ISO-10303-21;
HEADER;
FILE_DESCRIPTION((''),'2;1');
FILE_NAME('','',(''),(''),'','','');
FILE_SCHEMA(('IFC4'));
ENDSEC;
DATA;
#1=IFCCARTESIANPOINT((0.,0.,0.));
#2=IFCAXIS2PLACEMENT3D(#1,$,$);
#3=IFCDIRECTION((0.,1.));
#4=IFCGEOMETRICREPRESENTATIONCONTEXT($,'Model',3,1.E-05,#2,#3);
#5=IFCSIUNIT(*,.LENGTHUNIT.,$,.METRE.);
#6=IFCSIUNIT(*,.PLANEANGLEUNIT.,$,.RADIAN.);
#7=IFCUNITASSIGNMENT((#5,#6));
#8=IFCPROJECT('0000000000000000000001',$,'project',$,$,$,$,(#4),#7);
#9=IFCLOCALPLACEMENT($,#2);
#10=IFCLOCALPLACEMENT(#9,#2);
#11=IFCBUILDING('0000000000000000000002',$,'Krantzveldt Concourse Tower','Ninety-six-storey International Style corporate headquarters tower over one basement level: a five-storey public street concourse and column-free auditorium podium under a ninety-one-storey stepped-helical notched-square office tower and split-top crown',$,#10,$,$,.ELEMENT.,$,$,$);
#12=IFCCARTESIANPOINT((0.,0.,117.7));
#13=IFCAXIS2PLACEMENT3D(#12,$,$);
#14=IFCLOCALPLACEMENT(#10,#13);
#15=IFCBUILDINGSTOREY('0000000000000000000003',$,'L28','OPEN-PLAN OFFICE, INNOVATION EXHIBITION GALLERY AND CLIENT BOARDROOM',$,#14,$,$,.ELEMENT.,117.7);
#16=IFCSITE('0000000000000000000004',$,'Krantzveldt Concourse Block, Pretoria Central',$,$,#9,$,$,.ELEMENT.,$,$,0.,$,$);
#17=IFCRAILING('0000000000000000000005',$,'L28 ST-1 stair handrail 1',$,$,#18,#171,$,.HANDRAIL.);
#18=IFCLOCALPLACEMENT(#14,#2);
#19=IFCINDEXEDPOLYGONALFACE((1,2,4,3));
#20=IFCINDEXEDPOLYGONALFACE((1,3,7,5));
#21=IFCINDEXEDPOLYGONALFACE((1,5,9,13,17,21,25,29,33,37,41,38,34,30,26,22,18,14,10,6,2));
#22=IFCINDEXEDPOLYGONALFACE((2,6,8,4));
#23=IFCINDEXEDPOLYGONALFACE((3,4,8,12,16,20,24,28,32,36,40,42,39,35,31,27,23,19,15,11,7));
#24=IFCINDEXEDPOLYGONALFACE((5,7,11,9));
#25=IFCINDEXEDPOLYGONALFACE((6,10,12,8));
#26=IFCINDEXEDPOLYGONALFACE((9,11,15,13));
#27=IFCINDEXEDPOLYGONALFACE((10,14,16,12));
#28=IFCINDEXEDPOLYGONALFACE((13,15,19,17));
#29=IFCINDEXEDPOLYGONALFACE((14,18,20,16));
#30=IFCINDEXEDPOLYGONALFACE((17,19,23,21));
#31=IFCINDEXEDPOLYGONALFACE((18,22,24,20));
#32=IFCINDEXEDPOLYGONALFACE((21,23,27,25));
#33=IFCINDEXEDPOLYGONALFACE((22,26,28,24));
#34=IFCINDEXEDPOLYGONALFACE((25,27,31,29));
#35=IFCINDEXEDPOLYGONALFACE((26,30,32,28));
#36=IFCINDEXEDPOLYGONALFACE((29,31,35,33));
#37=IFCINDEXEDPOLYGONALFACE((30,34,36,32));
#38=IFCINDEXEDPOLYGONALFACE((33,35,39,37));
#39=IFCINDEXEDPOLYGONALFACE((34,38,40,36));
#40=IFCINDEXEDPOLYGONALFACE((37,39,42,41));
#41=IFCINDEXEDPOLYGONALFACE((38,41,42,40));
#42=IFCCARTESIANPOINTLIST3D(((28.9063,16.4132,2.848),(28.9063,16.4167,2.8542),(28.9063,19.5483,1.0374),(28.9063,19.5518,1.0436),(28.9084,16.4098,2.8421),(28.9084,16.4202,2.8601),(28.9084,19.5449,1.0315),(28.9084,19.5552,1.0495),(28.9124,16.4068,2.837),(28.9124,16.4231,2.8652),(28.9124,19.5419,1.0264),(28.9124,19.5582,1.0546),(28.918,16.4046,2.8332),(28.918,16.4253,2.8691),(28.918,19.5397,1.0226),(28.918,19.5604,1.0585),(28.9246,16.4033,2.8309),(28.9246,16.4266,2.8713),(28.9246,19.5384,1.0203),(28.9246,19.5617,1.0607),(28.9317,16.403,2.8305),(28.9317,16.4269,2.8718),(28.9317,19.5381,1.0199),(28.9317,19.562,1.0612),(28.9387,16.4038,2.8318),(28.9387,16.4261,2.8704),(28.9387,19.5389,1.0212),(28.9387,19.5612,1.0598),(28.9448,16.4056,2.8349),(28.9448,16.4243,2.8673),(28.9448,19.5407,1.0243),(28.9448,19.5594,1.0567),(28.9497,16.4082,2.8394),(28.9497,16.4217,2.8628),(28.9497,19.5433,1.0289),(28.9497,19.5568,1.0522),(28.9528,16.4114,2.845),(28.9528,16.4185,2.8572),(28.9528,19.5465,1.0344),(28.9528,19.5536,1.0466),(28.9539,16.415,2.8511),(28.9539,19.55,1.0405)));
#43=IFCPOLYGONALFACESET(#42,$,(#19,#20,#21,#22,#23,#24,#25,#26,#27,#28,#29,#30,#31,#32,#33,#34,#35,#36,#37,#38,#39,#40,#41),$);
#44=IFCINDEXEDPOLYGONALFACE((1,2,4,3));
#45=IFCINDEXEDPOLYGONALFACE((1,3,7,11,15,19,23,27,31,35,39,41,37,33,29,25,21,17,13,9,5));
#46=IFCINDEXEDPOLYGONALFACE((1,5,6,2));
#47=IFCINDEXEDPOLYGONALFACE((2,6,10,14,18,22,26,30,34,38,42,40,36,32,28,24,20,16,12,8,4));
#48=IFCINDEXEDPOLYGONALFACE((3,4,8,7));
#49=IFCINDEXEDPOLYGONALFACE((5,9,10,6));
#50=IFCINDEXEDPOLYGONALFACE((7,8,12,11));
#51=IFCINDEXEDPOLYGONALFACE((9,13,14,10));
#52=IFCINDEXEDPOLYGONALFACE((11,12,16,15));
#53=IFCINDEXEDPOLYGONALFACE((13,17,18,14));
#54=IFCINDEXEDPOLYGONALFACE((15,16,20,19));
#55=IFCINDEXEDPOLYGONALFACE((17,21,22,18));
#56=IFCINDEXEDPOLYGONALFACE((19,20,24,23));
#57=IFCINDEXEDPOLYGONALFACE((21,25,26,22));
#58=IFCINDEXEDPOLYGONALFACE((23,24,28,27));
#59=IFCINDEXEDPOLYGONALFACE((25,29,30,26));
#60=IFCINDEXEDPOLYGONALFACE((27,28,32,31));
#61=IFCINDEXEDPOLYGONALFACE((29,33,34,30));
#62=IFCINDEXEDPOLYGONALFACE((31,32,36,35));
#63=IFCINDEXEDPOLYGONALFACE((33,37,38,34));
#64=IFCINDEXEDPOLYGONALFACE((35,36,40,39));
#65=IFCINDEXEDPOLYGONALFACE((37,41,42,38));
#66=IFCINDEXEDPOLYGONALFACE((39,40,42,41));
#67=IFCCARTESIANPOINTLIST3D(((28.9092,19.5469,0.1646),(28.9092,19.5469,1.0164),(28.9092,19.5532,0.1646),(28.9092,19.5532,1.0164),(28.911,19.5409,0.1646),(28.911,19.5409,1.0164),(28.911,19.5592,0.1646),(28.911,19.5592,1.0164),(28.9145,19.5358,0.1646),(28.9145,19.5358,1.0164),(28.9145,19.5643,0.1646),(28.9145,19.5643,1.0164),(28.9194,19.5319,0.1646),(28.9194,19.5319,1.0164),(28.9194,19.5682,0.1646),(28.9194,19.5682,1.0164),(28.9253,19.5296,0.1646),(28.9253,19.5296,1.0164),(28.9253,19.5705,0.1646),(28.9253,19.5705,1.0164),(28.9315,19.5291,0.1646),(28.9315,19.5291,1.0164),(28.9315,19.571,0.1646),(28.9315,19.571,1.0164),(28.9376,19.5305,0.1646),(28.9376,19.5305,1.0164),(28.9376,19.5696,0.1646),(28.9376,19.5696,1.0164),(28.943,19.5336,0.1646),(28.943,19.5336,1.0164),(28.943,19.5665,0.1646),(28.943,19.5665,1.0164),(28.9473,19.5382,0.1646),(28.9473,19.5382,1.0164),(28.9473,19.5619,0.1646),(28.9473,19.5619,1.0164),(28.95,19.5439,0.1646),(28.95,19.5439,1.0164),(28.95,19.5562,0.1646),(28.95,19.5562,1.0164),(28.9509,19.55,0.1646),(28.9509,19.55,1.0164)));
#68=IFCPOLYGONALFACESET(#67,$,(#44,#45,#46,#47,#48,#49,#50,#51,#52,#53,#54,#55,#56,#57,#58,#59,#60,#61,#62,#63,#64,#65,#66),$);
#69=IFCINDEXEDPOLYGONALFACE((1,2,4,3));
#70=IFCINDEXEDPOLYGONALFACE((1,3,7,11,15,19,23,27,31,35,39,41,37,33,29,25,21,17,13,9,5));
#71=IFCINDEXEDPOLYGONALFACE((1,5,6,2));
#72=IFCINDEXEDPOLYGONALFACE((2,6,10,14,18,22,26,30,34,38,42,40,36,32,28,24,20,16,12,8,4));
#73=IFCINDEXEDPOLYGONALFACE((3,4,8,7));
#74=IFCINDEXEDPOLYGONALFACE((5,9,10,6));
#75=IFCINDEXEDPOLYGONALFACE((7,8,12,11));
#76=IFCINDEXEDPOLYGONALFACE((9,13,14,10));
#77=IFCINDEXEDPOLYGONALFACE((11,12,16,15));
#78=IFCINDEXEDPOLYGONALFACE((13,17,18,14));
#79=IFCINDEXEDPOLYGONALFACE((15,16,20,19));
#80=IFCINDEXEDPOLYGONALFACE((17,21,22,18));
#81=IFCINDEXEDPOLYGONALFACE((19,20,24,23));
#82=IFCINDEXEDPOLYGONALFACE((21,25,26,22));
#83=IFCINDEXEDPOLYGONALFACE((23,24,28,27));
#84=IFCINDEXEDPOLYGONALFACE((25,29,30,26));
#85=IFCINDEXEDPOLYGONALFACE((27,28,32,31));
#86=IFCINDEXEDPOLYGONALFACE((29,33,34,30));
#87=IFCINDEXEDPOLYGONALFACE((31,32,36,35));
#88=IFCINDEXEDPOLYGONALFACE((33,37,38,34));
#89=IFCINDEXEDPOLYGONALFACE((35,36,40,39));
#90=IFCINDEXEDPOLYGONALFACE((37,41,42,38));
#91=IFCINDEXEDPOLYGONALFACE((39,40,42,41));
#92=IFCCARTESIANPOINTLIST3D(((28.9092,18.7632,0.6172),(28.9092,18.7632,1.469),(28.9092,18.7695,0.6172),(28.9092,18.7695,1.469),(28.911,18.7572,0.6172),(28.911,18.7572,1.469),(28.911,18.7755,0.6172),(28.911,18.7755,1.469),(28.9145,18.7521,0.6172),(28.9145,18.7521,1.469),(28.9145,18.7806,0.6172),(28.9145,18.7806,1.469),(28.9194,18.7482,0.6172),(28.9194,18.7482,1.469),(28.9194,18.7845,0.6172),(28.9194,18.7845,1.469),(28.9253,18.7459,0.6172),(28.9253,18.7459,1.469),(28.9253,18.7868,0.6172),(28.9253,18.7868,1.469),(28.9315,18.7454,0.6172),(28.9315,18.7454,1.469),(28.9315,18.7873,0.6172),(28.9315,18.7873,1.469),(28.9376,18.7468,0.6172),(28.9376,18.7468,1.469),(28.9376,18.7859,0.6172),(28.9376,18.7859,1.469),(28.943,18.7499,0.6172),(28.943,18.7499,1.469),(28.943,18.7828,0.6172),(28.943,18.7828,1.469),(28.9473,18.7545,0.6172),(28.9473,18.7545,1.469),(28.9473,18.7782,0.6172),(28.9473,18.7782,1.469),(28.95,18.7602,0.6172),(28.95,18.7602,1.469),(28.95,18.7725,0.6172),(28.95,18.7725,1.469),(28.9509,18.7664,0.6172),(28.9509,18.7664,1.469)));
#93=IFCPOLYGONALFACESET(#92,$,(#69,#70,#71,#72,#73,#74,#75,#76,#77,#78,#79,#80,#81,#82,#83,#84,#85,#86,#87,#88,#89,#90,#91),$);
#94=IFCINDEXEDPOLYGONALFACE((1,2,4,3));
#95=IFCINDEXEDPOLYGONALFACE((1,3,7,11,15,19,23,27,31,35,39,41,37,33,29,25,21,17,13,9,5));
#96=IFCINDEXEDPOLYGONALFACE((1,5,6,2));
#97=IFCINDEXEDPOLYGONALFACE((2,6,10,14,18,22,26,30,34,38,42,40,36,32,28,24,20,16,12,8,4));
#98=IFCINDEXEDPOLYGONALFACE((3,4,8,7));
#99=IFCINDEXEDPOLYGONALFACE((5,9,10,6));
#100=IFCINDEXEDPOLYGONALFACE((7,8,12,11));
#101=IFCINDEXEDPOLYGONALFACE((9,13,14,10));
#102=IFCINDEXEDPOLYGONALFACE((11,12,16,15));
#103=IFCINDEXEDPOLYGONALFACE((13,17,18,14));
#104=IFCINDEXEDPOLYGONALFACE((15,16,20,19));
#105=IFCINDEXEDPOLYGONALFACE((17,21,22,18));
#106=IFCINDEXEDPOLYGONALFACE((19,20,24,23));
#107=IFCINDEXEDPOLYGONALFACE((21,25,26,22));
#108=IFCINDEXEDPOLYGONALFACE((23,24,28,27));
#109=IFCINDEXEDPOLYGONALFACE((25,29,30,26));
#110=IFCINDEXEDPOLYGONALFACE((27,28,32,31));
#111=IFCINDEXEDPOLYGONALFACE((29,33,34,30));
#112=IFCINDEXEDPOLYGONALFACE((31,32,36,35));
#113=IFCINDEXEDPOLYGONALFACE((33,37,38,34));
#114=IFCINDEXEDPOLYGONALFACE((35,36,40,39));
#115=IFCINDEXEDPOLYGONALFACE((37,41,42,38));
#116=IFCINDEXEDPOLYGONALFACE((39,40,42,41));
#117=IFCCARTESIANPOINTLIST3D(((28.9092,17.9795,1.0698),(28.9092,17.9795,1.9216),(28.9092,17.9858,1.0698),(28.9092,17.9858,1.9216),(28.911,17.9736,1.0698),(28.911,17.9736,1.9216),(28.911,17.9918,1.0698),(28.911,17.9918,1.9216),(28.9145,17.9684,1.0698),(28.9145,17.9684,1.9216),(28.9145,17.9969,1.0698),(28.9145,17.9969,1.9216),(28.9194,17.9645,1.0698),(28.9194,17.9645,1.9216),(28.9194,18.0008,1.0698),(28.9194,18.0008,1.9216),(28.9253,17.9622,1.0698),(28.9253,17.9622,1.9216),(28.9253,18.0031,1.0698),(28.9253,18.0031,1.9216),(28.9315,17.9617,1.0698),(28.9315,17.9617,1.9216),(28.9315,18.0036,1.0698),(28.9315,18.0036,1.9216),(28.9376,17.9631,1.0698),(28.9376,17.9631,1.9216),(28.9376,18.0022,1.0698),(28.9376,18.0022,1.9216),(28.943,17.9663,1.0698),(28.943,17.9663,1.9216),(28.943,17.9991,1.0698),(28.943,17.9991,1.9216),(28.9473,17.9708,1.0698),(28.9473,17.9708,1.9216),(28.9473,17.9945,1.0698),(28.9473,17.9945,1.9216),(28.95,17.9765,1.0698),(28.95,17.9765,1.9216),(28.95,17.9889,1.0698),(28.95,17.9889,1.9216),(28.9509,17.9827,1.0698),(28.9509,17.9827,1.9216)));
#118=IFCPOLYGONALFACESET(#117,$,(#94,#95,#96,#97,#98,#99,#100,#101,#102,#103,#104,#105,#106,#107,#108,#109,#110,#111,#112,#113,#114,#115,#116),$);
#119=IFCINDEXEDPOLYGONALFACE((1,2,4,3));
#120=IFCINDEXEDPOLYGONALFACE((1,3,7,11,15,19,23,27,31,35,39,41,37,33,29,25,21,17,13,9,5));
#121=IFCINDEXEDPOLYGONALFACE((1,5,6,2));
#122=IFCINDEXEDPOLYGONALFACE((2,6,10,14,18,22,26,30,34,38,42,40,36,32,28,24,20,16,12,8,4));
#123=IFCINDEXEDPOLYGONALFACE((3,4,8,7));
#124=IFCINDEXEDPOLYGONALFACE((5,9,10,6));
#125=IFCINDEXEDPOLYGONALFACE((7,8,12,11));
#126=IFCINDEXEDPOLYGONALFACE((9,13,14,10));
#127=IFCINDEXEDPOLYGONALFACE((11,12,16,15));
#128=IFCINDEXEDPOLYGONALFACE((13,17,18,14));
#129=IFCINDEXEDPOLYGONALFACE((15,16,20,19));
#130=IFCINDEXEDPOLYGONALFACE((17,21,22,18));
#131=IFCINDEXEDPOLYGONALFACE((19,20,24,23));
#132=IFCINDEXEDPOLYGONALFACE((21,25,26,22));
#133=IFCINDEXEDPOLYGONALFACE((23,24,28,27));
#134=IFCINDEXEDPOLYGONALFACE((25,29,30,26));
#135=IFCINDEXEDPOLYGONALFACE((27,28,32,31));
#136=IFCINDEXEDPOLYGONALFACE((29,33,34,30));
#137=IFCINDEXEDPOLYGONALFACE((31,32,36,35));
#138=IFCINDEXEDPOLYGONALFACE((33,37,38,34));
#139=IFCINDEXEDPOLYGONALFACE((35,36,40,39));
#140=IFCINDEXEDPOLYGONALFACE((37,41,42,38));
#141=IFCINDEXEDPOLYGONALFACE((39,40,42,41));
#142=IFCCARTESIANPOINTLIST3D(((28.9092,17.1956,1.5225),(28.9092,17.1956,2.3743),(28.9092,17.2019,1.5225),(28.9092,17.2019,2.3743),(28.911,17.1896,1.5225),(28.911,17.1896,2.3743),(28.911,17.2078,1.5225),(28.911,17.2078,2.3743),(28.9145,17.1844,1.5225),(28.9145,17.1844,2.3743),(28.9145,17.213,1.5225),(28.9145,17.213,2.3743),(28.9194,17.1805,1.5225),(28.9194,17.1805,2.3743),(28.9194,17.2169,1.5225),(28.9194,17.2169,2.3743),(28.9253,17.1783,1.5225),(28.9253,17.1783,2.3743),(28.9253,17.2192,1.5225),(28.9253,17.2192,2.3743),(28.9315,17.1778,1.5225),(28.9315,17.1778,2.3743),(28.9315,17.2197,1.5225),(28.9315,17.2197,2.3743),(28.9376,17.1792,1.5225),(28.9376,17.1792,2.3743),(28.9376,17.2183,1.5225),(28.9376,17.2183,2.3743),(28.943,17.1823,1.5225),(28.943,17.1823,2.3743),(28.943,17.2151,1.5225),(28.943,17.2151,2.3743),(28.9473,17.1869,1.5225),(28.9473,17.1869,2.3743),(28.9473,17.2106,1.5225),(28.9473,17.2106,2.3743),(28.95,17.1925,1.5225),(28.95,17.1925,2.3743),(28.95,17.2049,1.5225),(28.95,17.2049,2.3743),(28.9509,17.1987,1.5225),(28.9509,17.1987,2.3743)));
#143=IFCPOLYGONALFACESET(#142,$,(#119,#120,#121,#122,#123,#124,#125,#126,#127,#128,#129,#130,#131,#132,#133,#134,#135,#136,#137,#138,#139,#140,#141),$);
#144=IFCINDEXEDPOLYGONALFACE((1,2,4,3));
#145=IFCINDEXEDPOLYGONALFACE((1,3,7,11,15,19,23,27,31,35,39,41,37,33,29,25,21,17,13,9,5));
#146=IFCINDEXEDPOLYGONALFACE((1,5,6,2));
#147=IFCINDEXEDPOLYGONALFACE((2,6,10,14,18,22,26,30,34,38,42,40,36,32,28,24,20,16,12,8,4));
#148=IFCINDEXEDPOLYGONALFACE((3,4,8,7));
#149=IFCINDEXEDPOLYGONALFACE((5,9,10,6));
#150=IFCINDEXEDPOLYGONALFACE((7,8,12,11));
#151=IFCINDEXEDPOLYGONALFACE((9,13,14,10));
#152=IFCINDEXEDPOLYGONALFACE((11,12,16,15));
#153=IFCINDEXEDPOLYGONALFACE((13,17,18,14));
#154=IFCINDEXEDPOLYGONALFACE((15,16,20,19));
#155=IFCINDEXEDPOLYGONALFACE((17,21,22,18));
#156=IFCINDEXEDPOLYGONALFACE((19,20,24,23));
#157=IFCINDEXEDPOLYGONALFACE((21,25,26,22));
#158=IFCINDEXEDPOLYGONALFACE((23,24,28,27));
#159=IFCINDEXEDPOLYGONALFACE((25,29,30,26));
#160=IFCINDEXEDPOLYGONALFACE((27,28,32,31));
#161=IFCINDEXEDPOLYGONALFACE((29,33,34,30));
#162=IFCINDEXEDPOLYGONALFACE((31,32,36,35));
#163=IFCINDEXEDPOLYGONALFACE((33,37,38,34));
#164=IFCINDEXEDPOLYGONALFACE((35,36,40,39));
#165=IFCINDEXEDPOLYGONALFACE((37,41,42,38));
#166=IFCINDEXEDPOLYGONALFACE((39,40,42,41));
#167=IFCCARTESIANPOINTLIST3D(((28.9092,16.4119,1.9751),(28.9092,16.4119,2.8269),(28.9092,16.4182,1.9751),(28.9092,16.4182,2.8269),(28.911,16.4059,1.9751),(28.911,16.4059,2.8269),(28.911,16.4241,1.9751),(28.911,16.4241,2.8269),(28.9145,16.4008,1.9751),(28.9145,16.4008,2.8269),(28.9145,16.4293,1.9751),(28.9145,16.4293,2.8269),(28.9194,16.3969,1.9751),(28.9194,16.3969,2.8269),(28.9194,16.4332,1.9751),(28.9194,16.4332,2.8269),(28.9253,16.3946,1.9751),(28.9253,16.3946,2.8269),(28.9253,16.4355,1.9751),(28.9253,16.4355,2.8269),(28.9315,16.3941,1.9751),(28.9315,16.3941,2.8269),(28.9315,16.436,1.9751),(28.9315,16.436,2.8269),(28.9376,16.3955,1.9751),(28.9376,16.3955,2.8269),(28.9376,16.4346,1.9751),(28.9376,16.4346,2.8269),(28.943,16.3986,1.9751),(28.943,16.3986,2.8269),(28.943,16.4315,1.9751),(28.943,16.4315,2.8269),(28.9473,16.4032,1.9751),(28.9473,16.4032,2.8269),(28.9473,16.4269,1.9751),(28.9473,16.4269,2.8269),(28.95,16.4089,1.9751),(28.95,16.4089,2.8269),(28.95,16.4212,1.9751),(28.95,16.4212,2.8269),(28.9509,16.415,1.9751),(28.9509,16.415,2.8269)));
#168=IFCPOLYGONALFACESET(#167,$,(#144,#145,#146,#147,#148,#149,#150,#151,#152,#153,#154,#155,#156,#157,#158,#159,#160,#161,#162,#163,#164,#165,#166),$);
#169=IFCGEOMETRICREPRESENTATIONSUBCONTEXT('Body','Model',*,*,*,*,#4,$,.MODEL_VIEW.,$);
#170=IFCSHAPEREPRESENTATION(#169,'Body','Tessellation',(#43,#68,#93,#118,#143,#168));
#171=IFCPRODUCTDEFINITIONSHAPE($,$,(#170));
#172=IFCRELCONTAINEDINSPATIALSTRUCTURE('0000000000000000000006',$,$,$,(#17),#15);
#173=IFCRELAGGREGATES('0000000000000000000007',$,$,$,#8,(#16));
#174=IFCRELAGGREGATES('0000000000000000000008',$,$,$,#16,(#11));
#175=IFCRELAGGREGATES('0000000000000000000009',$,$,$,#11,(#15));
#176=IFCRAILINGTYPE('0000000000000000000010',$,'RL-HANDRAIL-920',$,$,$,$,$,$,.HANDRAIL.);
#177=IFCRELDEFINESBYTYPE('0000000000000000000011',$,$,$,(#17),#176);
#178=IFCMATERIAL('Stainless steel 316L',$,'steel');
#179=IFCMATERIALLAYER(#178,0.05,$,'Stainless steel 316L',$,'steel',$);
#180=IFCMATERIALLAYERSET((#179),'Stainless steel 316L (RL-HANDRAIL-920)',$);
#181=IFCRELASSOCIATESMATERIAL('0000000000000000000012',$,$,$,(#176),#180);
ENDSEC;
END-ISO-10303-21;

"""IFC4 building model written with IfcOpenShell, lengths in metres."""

from ifc_helpers import new_model, si_unit, direction, frame, origin, origin_2d, place, context, subcontext, project, spatial, circle, extrude, material, layer, layer_set, type_object, element, save


model = new_model("IFC4")

# Units and contexts
model_context = context("Model", 3, precision=1e-05, world=origin(), true_north=direction((0.0, 1.0)))
body_context = subcontext(model_context, "Body", "Model", "MODEL_VIEW")
ifc_project = project(units=[si_unit("LENGTHUNIT", "METRE"), si_unit("PLANEANGLEUNIT", "RADIAN")], contexts=[model_context])

# Site, building, storey
site_placement = place(None, origin())
site = spatial("IfcSite", under=ifc_project, at=site_placement, Name="Krantzveldt Concourse Block, Pretoria Central", CompositionType="ELEMENT", RefElevation=0.0)
building_placement = place(site_placement, origin())
building = spatial("IfcBuilding", under=site, at=building_placement, Name="Krantzveldt Concourse Tower", Description="Ninety-six-storey International Style corporate headquarters tower over one basement level: a five-storey public street concourse and column-free auditorium podium under a ninety-one-storey stepped-helical notched-square office tower and split-top crown", CompositionType="ELEMENT")
storey_placement = place(building_placement, frame((0.0, 0.0, 117.7)))
storey = spatial("IfcBuildingStorey", under=building, at=storey_placement, Name="L28", Description="OPEN-PLAN OFFICE, INNOVATION EXHIBITION GALLERY AND CLIENT BOARDROOM", CompositionType="ELEMENT", Elevation=117.7)

# Shared definitions
ifc_material_1 = material(Name="Stainless steel 316L", Category="steel")

# Railing
ifc_layer_1 = layer(ifc_material_1, 0.05, Name="Stainless steel 316L", Category="steel")
ifc_layer_set_1 = layer_set([ifc_layer_1], Name="Stainless steel 316L (RL-HANDRAIL-920)")
railing_type_1 = type_object("IfcRailingType", Name="RL-HANDRAIL-920", PredefinedType="HANDRAIL", material=ifc_layer_set_1)
railing_1_placement = place(storey_placement, frame((28.9299, 19.55, 0.1646)))
element("IfcRailing", 1, at=railing_1_placement, inside=storey, type_object=railing_type_1, Name="L28 ST-1 stair handrail 1", PredefinedType="HANDRAIL", context=body_context, shape_type="SweptSolid", body=[
    extrude(circle(Radius=0.0239, at=origin_2d()), frame((0.0, 0.0, 0.876), z_axis=(0.0, -0.86596, 0.500114), x_axis=(1.0, 0.0, 0.0)), (0.0, 0.0, 1.0), 3.6204),
    extrude(circle(Radius=0.021, at=origin_2d()), origin(), (0.0, 0.0, 1.0), 0.8518),
    extrude(circle(Radius=0.021, at=origin_2d()), frame((0.0, -0.7837, 0.4526)), (0.0, 0.0, 1.0), 0.8518),
    extrude(circle(Radius=0.021, at=origin_2d()), frame((0.0, -1.5674, 0.9053)), (0.0, 0.0, 1.0), 0.8518),
    extrude(circle(Radius=0.021, at=origin_2d()), frame((0.0, -2.3513, 1.3579)), (0.0, 0.0, 1.0), 0.8518),
    extrude(circle(Radius=0.021, at=origin_2d()), frame((0.0, -3.135, 1.8105)), (0.0, 0.0, 1.0), 0.8518),
])

save(model, "model.ifc")
